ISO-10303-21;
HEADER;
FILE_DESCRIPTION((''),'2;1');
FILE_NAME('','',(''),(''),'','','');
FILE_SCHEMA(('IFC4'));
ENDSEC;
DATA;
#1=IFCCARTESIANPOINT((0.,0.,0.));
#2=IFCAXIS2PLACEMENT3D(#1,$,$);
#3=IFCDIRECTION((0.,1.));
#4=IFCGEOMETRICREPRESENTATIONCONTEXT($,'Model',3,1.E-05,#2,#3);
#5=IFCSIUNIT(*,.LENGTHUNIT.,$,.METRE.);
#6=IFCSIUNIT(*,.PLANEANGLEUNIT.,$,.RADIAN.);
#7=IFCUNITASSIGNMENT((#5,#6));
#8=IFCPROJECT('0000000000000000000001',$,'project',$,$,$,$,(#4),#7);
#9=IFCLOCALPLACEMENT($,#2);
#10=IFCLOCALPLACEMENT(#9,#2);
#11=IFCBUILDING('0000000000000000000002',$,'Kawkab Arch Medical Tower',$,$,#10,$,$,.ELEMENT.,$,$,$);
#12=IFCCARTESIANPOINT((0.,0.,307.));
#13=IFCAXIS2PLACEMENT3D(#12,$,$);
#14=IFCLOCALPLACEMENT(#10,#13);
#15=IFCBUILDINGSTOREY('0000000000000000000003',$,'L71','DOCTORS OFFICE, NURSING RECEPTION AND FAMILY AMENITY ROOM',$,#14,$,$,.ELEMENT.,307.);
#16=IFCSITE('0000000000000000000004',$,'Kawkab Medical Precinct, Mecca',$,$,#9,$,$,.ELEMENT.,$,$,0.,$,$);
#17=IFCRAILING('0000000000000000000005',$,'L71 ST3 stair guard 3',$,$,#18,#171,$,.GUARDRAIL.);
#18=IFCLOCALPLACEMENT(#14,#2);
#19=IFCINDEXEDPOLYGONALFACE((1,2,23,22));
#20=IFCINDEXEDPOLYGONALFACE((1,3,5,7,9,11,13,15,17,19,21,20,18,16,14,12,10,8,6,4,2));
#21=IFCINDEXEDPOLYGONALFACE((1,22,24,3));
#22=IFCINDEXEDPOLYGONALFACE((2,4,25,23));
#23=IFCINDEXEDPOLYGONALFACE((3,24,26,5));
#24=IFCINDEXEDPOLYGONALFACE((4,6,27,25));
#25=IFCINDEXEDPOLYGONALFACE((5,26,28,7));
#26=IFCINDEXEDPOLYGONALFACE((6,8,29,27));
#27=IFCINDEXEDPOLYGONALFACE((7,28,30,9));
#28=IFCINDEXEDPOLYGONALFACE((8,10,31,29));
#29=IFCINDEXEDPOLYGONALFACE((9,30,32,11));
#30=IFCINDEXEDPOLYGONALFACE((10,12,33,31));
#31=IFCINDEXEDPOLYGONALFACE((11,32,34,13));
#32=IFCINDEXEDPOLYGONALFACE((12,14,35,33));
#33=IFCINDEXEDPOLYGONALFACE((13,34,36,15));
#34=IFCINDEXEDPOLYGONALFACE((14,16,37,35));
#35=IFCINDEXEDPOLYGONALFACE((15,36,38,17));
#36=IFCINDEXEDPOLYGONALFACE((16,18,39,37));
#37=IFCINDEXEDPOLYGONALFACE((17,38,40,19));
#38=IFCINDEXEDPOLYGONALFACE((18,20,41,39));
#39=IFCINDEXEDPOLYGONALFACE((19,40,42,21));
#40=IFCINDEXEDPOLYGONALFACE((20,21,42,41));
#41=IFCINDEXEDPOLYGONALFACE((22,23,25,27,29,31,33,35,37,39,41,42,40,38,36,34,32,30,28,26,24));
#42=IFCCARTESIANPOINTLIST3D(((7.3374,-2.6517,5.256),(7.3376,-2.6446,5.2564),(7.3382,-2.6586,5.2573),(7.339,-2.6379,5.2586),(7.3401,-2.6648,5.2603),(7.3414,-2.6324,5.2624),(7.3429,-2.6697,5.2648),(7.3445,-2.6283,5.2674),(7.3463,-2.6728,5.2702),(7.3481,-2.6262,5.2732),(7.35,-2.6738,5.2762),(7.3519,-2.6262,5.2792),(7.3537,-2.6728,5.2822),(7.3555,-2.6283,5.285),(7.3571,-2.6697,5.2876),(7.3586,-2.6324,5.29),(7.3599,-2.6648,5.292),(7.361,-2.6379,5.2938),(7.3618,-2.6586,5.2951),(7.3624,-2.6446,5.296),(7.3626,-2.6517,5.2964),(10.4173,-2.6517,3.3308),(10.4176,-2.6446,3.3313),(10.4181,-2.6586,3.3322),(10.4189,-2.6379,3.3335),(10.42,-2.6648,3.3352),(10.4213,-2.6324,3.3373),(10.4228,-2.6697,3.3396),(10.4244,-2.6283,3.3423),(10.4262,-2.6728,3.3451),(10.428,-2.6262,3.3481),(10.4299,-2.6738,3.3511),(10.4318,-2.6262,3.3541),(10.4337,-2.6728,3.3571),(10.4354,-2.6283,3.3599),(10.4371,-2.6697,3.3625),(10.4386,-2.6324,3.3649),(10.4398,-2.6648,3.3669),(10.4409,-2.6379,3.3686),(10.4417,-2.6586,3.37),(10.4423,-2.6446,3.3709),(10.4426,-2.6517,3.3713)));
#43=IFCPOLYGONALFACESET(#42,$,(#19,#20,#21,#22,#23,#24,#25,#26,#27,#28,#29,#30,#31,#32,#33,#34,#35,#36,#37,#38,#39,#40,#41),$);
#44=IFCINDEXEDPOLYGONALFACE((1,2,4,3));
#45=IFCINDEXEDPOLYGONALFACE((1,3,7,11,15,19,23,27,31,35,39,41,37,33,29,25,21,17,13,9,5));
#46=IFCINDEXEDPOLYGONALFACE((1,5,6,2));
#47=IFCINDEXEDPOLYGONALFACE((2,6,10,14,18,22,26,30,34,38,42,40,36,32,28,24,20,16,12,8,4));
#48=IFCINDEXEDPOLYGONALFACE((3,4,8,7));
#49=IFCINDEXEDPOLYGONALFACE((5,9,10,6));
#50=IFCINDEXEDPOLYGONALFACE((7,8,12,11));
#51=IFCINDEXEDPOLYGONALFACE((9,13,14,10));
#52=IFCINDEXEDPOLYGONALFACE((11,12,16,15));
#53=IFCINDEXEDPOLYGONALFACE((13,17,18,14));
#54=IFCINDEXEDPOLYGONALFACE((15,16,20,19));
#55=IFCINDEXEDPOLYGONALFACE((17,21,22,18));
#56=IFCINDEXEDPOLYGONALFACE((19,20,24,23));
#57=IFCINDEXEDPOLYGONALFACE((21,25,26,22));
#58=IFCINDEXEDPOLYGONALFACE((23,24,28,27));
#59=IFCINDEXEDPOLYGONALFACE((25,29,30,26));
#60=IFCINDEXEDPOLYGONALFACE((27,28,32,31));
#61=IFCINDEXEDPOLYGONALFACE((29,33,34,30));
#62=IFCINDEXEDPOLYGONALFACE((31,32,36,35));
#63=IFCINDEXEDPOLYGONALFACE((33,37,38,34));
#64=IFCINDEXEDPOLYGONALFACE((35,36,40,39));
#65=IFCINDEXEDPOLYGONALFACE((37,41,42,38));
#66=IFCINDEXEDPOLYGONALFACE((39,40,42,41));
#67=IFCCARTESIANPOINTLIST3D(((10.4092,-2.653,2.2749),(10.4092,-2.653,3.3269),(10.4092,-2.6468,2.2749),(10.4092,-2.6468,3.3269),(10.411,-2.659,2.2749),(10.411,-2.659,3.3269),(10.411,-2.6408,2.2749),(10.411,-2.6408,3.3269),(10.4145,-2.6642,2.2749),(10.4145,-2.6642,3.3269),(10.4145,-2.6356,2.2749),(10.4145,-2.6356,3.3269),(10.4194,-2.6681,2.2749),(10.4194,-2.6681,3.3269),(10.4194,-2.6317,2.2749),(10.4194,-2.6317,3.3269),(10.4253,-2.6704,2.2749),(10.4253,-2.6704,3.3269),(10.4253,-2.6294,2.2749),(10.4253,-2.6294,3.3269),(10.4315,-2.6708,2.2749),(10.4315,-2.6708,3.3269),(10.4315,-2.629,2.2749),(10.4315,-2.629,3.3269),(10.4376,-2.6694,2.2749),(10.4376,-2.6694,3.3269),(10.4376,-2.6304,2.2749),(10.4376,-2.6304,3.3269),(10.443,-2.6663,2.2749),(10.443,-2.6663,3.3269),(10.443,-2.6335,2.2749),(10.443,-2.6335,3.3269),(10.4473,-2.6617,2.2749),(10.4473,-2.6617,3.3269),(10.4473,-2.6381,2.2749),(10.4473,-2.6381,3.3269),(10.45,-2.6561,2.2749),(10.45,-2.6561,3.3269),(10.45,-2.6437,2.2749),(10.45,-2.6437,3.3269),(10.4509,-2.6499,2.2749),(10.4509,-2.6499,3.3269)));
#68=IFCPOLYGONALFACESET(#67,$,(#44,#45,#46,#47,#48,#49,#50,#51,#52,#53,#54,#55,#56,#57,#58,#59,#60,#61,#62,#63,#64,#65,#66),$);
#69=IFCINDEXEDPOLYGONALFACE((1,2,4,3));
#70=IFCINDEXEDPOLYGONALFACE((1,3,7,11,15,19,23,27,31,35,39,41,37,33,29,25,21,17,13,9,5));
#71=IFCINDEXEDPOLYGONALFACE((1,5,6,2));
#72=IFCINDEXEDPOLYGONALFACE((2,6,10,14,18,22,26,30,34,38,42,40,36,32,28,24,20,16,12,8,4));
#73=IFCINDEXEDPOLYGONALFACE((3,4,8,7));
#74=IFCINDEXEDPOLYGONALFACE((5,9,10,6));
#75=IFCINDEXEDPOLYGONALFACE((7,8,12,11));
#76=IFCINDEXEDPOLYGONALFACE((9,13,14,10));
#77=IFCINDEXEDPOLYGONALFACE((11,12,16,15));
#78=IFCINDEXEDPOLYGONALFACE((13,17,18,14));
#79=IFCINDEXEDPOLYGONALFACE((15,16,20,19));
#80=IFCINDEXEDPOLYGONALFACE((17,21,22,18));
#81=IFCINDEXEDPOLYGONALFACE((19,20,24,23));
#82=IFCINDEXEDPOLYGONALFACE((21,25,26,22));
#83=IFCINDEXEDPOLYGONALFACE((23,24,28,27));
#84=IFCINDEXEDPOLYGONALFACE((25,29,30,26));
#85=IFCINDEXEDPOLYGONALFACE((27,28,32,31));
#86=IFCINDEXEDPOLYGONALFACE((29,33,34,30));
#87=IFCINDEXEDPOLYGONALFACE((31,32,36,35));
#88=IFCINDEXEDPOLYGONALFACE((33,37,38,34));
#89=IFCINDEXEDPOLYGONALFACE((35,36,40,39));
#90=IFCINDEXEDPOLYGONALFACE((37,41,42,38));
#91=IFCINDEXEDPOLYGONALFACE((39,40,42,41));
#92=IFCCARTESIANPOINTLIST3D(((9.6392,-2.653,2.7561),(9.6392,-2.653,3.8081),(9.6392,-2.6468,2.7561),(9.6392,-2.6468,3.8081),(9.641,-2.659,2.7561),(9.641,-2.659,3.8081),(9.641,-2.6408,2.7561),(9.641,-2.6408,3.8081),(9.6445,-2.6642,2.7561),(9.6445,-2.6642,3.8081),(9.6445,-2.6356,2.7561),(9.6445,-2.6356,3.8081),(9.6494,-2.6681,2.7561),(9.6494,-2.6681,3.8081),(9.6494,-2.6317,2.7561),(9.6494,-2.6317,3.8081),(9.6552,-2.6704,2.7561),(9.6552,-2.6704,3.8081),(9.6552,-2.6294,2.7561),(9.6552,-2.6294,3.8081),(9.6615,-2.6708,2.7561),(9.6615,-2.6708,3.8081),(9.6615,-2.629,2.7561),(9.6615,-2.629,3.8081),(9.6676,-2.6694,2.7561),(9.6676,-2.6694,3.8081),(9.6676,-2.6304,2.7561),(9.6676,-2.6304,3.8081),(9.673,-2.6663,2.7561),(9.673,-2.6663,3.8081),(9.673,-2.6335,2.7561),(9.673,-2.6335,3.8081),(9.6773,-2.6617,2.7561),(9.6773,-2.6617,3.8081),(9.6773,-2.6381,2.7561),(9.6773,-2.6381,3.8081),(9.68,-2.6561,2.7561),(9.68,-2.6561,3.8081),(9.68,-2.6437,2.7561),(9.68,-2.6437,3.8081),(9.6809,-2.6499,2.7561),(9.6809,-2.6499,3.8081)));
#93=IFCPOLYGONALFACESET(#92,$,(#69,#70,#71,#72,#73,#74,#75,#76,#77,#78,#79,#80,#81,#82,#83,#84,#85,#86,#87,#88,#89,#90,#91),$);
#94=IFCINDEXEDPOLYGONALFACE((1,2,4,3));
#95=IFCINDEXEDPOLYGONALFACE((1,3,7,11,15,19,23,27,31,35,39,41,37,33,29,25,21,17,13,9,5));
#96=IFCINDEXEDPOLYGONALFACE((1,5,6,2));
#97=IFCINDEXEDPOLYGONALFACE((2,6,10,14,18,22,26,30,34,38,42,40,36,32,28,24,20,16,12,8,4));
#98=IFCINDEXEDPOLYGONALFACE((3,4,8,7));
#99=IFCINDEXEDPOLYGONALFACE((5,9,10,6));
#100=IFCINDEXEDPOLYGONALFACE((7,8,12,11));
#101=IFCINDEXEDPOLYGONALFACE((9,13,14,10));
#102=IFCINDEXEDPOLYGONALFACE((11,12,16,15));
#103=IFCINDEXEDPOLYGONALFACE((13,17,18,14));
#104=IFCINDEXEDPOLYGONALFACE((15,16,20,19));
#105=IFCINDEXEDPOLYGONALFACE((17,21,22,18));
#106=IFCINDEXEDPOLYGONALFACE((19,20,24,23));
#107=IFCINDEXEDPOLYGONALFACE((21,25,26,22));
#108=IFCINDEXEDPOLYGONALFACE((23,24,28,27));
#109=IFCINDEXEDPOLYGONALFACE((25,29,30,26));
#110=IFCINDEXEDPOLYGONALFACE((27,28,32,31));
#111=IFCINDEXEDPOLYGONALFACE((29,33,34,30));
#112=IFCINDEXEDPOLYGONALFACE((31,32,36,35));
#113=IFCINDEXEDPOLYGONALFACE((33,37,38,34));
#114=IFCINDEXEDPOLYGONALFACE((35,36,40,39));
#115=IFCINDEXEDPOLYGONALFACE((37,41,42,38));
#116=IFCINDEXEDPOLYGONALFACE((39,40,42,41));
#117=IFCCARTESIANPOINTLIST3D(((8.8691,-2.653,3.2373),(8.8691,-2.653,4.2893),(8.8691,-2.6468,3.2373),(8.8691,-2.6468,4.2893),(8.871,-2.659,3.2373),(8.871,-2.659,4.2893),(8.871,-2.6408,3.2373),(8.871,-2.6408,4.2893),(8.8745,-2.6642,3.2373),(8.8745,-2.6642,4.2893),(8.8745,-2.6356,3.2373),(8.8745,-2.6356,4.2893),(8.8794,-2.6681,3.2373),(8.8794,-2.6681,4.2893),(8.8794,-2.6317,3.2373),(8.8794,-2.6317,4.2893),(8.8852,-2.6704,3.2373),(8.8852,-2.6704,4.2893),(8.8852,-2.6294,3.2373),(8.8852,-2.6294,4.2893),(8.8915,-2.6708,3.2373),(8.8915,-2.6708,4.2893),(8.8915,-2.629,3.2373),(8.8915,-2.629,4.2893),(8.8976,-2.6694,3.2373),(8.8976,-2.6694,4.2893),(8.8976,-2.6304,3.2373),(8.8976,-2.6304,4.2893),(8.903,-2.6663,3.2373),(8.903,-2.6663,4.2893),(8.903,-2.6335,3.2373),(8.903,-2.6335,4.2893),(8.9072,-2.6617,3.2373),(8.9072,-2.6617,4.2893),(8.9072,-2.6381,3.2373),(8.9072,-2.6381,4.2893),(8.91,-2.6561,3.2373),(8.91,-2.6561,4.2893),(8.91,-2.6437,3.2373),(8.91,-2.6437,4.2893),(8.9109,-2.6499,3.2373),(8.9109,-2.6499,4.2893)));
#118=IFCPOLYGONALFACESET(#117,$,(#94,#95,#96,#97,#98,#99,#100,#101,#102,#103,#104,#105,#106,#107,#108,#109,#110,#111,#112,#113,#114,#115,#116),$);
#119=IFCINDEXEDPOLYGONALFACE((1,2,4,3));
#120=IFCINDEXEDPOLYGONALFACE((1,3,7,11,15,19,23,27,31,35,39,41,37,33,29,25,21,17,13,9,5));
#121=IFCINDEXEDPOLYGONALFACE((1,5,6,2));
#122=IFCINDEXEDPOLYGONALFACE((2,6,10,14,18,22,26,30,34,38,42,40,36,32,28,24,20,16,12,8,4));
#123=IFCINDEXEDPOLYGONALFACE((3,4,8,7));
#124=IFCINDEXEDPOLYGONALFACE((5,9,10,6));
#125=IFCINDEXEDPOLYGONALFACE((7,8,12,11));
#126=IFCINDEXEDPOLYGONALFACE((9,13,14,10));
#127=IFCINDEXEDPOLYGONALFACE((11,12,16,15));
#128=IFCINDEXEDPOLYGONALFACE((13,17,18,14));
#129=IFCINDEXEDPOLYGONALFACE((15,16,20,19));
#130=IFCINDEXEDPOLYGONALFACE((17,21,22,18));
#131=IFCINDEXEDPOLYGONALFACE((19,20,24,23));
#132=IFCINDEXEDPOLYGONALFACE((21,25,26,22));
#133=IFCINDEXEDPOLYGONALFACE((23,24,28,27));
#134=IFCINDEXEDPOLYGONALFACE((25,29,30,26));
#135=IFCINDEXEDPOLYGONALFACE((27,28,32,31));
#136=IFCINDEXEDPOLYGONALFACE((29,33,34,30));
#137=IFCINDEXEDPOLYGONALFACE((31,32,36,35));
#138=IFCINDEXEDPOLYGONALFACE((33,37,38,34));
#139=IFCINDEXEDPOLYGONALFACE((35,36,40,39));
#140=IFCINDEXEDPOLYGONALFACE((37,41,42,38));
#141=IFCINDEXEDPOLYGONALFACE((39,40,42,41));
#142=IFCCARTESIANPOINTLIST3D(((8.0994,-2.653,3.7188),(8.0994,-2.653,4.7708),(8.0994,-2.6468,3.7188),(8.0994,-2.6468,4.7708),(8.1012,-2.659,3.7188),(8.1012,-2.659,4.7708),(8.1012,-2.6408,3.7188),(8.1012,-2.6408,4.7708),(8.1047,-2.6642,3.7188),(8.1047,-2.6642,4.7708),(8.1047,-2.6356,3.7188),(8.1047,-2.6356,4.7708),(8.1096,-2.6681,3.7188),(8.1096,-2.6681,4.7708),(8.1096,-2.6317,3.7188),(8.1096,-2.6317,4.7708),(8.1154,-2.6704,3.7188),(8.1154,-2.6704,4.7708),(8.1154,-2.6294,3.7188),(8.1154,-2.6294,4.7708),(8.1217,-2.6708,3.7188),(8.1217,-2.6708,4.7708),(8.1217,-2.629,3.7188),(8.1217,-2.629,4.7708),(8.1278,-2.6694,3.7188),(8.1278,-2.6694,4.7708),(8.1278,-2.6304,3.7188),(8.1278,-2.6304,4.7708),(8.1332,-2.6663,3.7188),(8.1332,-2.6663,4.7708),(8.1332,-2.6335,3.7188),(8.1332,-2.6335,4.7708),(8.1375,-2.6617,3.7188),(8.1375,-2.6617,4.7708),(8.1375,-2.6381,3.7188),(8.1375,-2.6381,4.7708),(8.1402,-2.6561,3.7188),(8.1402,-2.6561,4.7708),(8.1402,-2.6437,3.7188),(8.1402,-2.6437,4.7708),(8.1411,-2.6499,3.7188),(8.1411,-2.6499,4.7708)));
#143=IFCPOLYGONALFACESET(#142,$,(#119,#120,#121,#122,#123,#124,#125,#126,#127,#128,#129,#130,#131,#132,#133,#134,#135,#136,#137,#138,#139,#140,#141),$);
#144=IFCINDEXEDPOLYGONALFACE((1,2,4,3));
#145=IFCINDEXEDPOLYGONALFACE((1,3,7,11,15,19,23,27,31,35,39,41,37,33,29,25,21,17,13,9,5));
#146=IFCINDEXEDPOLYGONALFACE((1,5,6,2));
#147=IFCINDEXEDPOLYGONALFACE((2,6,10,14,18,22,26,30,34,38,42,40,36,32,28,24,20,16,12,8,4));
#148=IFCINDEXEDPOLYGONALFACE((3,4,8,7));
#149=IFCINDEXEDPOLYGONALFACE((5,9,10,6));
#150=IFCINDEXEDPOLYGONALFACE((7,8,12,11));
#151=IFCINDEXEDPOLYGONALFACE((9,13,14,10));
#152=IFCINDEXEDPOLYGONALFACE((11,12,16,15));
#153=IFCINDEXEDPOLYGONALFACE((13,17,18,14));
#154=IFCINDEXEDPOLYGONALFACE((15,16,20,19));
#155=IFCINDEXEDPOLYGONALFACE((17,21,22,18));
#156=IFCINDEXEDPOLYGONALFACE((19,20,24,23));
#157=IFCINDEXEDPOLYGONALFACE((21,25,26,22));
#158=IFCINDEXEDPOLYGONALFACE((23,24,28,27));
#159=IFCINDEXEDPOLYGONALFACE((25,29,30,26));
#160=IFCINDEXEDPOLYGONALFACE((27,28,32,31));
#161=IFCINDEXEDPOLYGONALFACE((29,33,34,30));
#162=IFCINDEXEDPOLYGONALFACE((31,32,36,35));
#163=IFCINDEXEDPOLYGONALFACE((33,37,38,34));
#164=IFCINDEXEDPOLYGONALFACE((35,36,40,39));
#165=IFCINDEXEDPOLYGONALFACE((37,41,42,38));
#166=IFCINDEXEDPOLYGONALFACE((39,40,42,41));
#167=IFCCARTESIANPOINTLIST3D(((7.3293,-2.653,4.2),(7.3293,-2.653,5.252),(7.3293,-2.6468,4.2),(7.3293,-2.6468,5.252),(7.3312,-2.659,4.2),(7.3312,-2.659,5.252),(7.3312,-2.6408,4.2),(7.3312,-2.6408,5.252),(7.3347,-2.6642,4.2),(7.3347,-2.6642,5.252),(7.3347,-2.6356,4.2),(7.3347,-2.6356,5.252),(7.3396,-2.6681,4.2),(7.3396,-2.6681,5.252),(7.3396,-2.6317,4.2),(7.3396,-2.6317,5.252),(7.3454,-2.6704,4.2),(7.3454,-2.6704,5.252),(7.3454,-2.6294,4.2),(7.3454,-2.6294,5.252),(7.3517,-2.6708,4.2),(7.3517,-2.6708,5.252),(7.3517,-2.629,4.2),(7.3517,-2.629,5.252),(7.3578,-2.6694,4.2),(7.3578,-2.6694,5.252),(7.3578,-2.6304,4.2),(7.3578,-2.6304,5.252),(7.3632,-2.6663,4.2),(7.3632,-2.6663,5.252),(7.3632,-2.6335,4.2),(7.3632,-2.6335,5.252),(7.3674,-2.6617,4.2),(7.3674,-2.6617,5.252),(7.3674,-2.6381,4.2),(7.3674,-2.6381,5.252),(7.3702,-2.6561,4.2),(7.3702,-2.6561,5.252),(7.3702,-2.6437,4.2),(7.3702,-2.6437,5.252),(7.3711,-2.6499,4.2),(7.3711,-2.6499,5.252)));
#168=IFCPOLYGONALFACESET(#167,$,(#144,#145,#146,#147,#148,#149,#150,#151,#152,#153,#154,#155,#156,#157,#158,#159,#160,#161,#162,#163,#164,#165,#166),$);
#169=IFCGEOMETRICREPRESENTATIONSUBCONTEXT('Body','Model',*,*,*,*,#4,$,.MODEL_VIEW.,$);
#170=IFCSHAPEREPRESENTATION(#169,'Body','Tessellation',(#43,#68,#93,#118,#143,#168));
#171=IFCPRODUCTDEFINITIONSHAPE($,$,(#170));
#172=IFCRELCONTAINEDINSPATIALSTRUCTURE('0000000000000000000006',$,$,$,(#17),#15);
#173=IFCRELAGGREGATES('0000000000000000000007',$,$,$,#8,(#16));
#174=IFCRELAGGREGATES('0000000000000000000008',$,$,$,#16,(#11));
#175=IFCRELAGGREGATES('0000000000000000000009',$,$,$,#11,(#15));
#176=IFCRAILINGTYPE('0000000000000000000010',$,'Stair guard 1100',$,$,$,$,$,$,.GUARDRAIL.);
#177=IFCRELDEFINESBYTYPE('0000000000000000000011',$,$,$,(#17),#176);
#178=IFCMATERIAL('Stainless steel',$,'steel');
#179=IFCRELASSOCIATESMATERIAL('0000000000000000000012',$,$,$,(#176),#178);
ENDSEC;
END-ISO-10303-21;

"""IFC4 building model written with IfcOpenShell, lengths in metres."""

from ifc_helpers import new_model, si_unit, direction, frame, origin, origin_2d, place, context, subcontext, project, spatial, circle, extrude, material, type_object, element, save


model = new_model("IFC4")

# Units and contexts
model_context = context("Model", 3, precision=1e-05, world=origin(), true_north=direction((0.0, 1.0)))
body_context = subcontext(model_context, "Body", "Model", "MODEL_VIEW")
ifc_project = project(units=[si_unit("LENGTHUNIT", "METRE"), si_unit("PLANEANGLEUNIT", "RADIAN")], contexts=[model_context])

# Site, building, storey
site_placement = place(None, origin())
site = spatial("IfcSite", under=ifc_project, at=site_placement, Name="Kawkab Medical Precinct, Mecca", CompositionType="ELEMENT", RefElevation=0.0)
building_placement = place(site_placement, origin())
building = spatial("IfcBuilding", under=site, at=building_placement, Name="Kawkab Arch Medical Tower", CompositionType="ELEMENT")
storey_placement = place(building_placement, frame((0.0, 0.0, 307.0)))
storey = spatial("IfcBuildingStorey", under=building, at=storey_placement, Name="L71", Description="DOCTORS OFFICE, NURSING RECEPTION AND FAMILY AMENITY ROOM", CompositionType="ELEMENT", Elevation=307.0)

# Railing
ifc_material_1 = material(Name="Stainless steel", Category="steel")
railing_type_1 = type_object("IfcRailingType", Name="Stair guard 1100", PredefinedType="GUARDRAIL", material=ifc_material_1)
railing_1_placement = place(storey_placement, frame((10.4299, -2.6499, 2.2749)))
element("IfcRailing", 1, at=railing_1_placement, inside=storey, type_object=railing_type_1, Name="L71 ST3 stair guard 3", PredefinedType="GUARDRAIL", context=body_context, shape_type="SweptSolid", body=[
    extrude(circle(Radius=0.0239, at=origin_2d()), frame((0.0, 0.0, 1.0762), z_axis=(-0.847979, 0.0, 0.530029), x_axis=(0.0, -1.0, 0.0)), (0.0, 0.0, 1.0), 3.6321),
    extrude(circle(Radius=0.021, at=origin_2d()), origin(), (0.0, 0.0, 1.0), 1.052),
    extrude(circle(Radius=0.021, at=origin_2d()), frame((-0.77, 0.0, 0.4812)), (0.0, 0.0, 1.0), 1.052),
    extrude(circle(Radius=0.021, at=origin_2d()), frame((-1.54, 0.0, 0.9624)), (0.0, 0.0, 1.0), 1.052),
    extrude(circle(Radius=0.021, at=origin_2d()), frame((-2.3098, 0.0, 1.4438)), (0.0, 0.0, 1.0), 1.052),
    extrude(circle(Radius=0.021, at=origin_2d()), frame((-3.0798, 0.0, 1.925)), (0.0, 0.0, 1.0), 1.052),
])

save(model, "model.ifc")
